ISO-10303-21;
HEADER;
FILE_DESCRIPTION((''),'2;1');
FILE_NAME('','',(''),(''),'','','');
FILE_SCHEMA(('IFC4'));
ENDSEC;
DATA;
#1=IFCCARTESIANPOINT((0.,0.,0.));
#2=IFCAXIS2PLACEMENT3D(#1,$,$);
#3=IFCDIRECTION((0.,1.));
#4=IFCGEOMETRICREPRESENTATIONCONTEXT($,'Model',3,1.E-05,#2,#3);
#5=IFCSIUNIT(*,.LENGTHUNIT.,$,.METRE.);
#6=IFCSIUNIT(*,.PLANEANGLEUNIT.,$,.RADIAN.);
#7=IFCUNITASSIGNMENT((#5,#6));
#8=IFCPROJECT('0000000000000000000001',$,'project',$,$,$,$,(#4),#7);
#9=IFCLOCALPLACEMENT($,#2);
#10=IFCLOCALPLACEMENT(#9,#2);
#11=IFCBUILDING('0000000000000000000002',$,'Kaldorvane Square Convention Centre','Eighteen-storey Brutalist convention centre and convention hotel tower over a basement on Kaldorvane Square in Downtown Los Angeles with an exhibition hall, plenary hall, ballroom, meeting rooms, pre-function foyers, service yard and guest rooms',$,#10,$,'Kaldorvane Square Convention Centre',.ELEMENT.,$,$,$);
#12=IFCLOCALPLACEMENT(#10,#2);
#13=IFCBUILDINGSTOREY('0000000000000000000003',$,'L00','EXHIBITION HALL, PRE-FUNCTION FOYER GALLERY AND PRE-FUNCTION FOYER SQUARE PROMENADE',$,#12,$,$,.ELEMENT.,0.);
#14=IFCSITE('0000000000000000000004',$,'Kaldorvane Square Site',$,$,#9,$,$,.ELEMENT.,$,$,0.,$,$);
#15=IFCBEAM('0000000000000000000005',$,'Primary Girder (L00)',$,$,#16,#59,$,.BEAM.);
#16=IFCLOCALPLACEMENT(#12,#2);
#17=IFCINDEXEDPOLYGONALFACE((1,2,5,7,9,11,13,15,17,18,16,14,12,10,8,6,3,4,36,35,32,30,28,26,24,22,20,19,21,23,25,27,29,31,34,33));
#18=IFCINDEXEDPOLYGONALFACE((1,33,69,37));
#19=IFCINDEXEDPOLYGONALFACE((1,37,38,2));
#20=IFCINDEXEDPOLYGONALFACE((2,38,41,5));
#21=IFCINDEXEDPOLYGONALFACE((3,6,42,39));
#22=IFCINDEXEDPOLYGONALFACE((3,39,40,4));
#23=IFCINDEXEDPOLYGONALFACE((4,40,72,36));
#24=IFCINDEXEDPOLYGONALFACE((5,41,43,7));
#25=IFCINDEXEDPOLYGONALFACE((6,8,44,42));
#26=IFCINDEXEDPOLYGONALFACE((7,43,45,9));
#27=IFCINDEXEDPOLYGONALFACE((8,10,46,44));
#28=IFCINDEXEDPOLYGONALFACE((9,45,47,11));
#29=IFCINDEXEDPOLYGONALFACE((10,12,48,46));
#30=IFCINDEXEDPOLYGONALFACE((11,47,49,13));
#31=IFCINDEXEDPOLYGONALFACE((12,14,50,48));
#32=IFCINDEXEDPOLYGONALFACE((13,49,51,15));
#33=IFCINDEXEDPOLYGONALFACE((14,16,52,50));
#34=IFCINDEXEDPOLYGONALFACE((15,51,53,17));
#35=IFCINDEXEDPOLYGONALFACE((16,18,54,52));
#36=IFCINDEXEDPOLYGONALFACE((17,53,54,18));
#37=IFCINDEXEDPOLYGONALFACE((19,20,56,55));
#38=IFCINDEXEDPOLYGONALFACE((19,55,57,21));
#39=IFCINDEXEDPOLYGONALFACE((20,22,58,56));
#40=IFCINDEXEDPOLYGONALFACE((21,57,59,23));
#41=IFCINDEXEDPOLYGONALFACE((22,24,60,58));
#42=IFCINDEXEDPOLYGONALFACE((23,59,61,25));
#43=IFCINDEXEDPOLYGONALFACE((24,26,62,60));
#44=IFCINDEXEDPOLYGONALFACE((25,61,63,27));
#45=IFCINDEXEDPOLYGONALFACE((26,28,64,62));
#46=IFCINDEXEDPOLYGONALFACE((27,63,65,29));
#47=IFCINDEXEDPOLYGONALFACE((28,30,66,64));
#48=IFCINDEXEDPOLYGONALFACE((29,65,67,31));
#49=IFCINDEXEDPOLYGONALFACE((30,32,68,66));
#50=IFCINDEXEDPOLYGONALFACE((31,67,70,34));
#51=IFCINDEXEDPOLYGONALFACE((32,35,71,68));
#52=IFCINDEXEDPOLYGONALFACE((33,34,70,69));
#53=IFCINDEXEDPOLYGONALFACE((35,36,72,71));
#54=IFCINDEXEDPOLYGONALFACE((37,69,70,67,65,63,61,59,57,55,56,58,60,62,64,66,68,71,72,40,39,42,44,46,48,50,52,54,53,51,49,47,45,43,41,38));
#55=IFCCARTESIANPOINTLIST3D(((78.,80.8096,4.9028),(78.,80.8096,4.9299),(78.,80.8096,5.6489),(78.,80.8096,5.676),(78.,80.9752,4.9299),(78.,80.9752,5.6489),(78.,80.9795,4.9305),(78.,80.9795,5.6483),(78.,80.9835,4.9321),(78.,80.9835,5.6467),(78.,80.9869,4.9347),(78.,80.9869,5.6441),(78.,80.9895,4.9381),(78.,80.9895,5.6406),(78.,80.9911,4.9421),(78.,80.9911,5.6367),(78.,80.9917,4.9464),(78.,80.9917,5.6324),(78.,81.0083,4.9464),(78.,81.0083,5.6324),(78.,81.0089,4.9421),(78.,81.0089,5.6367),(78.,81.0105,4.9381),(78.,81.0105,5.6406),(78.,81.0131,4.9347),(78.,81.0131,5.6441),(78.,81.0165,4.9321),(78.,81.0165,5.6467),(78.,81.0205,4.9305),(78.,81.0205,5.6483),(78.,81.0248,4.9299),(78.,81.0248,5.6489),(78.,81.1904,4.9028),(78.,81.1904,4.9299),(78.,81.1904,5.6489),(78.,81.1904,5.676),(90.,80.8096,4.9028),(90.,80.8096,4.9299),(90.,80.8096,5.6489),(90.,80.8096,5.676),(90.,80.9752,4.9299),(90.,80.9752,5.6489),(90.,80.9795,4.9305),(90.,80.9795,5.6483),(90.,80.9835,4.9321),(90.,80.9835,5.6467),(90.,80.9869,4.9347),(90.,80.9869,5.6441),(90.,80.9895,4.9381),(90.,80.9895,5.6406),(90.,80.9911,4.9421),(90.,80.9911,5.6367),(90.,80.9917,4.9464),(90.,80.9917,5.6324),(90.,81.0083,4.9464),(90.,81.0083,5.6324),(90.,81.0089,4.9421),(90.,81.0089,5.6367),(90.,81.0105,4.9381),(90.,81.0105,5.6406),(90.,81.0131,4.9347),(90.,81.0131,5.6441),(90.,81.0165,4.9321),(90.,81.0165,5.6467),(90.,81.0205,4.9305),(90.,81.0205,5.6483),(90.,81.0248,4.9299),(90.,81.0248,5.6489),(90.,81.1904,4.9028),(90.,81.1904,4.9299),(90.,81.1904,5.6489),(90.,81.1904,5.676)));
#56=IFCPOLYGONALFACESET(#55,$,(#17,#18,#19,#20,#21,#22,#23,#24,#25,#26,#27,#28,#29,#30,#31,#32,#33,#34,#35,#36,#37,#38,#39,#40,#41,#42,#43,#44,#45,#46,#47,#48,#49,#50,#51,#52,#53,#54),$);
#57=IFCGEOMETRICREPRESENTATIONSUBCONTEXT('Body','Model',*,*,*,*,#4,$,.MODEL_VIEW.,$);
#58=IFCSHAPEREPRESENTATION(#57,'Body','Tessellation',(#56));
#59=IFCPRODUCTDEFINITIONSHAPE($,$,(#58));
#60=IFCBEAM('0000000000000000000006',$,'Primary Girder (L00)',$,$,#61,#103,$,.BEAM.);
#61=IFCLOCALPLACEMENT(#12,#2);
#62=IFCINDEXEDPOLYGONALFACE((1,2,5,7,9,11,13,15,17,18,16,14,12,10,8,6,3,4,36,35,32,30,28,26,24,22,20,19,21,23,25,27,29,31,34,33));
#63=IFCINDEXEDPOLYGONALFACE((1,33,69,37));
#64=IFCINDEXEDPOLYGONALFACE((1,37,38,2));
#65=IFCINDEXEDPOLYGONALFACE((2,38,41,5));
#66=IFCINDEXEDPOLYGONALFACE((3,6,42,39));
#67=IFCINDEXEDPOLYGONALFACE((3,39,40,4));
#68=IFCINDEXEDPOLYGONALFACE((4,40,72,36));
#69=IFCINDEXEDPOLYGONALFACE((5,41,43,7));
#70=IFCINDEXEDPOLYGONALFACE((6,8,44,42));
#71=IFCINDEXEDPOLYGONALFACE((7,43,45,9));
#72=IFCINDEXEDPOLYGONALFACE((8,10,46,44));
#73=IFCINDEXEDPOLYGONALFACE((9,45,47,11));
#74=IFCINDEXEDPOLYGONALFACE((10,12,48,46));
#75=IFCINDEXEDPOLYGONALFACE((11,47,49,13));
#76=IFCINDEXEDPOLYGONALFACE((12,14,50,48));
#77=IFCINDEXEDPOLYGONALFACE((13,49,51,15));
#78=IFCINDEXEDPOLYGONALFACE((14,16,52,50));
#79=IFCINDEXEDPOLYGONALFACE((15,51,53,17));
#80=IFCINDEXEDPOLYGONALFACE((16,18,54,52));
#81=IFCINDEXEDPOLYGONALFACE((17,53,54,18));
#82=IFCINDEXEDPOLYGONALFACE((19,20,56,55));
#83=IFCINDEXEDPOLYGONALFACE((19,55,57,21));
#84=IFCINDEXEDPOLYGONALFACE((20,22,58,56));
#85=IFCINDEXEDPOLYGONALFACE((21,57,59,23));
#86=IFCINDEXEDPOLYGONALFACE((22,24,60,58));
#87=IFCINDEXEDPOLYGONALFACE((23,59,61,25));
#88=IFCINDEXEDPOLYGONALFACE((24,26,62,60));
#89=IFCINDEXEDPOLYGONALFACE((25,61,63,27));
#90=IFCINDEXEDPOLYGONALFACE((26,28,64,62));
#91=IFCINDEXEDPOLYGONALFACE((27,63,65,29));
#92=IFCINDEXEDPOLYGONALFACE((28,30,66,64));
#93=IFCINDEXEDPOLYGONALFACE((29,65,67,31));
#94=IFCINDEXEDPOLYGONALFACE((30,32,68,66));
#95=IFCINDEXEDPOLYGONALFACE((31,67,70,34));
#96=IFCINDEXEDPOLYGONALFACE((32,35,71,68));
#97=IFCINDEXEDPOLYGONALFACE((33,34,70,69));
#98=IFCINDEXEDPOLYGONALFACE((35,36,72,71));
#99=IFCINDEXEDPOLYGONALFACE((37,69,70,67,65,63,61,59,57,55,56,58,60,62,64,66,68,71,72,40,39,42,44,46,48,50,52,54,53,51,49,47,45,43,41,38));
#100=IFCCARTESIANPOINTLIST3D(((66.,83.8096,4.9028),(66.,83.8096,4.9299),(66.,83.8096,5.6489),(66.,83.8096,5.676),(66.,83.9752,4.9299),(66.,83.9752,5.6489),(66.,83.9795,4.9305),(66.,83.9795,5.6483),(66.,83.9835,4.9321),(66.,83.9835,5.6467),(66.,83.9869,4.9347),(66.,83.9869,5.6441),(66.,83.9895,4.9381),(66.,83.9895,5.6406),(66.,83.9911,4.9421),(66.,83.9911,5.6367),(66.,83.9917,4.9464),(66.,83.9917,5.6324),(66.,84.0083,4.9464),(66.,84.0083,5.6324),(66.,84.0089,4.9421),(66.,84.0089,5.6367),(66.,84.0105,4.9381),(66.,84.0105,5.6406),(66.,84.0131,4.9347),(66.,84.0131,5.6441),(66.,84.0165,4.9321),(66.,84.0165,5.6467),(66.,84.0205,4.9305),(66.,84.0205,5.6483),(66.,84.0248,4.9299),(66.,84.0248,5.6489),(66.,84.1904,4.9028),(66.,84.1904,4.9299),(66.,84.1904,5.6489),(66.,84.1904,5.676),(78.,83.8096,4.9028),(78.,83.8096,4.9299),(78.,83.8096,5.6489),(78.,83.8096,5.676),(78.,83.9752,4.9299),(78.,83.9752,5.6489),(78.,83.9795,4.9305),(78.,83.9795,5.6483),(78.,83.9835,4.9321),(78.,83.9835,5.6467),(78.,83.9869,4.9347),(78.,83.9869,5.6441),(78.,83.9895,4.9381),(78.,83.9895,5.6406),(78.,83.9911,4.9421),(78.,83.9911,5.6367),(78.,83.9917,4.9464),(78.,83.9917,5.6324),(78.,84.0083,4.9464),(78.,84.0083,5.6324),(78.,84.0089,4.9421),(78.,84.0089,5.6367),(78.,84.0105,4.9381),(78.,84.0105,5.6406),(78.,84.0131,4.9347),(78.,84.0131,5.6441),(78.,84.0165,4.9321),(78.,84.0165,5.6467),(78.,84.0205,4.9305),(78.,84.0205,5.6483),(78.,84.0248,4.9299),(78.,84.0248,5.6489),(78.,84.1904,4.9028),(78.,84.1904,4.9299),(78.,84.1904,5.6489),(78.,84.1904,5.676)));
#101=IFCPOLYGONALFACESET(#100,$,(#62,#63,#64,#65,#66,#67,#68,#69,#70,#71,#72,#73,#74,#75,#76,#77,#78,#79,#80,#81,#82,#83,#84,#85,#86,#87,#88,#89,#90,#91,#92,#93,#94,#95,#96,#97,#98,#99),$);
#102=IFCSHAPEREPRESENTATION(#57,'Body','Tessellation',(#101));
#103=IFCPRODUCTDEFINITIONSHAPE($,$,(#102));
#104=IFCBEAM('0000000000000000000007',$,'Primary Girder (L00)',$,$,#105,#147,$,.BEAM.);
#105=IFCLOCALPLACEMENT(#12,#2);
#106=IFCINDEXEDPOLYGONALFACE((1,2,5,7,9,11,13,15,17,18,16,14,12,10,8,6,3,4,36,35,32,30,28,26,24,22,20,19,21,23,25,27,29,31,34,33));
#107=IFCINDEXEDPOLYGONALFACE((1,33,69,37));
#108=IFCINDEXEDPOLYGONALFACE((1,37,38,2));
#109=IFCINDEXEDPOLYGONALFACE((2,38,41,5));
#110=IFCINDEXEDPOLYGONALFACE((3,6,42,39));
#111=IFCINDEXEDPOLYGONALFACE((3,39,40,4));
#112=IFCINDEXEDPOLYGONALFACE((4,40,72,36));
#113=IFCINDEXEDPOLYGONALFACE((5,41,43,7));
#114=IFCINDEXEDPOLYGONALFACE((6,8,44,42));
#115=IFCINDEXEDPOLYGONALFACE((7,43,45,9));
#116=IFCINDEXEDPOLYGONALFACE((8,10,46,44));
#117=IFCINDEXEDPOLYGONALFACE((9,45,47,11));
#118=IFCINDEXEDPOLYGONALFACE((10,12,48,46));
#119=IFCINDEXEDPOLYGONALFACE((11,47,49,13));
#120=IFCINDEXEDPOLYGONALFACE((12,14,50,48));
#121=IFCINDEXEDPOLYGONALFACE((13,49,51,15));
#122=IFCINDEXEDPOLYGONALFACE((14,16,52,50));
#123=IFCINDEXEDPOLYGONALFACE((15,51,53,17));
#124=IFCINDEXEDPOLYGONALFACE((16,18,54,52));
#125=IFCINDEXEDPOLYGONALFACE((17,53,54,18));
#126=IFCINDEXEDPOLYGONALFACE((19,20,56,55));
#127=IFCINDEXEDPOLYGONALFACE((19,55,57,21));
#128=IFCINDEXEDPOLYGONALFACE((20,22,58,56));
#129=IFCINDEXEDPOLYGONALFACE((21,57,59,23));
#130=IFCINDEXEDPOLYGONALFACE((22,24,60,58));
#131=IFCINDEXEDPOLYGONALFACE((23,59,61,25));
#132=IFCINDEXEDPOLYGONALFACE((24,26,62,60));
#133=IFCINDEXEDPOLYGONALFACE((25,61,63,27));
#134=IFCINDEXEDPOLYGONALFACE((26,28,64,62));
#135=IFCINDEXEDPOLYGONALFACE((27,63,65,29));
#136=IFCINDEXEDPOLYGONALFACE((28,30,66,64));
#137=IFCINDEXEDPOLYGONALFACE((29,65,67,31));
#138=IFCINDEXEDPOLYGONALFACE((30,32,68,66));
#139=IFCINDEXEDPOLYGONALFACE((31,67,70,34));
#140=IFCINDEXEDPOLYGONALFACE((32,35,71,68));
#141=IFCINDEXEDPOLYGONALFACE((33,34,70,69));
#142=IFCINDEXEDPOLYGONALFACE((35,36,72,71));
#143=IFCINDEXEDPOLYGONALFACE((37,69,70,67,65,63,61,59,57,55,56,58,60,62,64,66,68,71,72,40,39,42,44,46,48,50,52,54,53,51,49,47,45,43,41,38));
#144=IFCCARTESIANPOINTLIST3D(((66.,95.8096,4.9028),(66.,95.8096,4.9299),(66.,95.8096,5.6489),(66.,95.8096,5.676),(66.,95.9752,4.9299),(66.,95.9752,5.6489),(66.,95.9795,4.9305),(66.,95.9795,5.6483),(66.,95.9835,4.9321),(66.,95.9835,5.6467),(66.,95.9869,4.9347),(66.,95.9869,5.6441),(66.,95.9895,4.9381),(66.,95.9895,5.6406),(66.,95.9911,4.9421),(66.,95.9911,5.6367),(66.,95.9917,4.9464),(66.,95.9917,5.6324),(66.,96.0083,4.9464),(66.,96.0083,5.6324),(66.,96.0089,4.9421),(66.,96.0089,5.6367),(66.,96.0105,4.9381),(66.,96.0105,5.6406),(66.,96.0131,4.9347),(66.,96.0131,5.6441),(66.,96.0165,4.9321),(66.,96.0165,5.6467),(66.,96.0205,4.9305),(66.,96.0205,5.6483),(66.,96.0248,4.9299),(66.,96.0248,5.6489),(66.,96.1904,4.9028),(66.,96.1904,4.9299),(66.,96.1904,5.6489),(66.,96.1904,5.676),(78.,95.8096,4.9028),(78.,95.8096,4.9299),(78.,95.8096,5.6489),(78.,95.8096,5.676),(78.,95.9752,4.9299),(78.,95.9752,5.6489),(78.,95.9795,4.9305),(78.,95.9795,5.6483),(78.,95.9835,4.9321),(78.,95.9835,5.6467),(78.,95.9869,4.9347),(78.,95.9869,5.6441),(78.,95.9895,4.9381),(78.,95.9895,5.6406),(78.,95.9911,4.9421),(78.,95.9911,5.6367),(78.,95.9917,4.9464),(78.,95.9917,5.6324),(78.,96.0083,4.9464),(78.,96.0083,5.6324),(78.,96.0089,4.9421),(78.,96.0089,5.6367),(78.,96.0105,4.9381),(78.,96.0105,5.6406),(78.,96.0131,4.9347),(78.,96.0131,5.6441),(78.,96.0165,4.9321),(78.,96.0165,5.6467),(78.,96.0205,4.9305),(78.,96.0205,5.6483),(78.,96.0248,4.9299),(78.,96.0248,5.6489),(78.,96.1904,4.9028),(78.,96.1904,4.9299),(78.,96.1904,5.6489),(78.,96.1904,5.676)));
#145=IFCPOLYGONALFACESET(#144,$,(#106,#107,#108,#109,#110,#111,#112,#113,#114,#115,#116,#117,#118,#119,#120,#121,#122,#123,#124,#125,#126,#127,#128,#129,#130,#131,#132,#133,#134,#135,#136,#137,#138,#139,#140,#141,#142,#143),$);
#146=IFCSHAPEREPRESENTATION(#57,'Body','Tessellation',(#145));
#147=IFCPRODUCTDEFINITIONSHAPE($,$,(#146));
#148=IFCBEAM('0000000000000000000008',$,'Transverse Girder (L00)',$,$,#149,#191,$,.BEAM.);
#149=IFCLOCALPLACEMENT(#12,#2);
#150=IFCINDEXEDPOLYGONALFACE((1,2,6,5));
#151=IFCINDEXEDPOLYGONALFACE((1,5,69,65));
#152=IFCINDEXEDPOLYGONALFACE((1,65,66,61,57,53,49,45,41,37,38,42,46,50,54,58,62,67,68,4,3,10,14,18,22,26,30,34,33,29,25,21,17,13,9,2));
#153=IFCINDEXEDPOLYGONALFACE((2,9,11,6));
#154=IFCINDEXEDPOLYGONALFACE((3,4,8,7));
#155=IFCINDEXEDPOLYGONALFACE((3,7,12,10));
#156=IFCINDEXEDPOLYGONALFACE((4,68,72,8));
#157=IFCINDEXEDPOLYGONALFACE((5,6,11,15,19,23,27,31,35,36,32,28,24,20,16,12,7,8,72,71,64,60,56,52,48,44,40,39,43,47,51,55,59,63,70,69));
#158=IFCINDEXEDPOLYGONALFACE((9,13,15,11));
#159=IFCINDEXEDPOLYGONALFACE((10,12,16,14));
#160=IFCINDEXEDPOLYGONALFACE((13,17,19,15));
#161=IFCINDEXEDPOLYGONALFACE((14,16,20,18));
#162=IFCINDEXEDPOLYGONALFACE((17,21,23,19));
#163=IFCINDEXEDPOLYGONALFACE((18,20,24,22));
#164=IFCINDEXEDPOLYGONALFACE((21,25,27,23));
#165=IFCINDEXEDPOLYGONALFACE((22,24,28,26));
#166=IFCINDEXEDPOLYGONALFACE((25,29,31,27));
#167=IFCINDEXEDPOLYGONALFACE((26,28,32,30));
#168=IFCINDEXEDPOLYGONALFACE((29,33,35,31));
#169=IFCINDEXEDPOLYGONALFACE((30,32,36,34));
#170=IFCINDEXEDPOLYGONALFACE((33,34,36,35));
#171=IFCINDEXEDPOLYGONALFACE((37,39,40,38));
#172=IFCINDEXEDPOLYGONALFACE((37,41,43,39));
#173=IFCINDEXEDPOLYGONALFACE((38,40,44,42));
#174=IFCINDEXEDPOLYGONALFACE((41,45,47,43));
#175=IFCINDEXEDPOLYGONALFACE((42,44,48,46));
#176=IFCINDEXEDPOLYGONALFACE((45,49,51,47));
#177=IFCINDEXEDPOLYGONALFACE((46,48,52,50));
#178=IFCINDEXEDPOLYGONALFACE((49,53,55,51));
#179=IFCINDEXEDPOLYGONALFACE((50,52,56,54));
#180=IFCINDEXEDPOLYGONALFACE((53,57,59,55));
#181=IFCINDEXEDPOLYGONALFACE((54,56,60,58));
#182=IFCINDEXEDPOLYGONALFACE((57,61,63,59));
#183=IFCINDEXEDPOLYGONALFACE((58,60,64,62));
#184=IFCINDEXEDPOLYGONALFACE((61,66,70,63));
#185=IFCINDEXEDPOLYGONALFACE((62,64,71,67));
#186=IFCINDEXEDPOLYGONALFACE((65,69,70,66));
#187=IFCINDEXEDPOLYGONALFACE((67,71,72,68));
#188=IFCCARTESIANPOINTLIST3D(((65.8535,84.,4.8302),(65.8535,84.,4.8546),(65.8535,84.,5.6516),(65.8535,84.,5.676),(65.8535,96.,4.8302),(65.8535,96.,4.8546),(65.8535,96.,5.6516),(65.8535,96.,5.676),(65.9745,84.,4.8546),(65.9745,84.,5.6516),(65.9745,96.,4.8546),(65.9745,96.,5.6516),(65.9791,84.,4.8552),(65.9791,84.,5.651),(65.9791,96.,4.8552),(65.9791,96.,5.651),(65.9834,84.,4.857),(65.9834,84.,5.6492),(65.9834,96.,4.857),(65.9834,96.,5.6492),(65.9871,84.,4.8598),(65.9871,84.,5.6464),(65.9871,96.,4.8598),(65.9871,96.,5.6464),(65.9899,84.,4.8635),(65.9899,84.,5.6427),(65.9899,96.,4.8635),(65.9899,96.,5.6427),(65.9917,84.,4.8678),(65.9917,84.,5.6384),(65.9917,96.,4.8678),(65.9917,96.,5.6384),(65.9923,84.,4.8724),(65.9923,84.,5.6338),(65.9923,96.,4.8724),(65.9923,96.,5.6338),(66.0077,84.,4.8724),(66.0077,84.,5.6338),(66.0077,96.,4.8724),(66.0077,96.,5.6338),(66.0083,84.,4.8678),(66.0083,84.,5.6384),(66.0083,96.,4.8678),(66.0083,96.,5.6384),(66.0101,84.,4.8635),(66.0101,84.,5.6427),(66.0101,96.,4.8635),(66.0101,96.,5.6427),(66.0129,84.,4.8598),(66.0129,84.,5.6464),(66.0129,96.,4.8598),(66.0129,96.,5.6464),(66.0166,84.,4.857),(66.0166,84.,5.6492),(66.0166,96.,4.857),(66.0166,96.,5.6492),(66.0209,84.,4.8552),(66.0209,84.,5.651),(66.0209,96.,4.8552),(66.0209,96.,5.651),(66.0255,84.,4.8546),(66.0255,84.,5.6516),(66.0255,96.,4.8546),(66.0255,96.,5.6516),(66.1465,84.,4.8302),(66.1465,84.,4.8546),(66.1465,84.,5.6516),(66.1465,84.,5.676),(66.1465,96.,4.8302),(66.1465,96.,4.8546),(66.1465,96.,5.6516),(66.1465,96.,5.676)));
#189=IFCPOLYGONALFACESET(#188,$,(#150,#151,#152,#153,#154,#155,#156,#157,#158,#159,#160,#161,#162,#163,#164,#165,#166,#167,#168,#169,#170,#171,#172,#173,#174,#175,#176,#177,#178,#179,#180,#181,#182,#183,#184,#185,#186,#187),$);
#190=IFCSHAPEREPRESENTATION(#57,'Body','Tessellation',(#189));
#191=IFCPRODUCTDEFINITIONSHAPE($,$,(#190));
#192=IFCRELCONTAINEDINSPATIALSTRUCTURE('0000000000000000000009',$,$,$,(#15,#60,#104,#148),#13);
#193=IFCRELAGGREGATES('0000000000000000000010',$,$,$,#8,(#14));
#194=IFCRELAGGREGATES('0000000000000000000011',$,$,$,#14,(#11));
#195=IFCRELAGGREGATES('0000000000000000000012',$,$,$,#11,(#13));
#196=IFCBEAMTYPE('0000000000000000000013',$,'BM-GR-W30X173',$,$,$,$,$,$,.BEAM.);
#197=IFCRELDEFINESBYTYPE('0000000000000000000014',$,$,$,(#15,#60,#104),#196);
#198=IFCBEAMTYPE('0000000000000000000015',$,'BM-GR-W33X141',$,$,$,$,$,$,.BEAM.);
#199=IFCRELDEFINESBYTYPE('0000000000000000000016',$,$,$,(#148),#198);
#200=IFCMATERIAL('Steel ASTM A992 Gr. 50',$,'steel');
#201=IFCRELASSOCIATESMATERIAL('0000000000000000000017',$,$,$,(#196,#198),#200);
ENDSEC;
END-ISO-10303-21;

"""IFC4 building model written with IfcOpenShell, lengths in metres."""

from ifc_helpers import new_model, si_unit, direction, frame, origin, origin_2d, place, context, subcontext, project, spatial, i_section, extrude, material, material_profile, profile_set, type_object, element, save


model = new_model("IFC4")

# Units and contexts
model_context = context("Model", 3, precision=1e-05, world=origin(), true_north=direction((0.0, 1.0)))
body_context = subcontext(model_context, "Body", "Model", "MODEL_VIEW")
ifc_project = project(units=[si_unit("LENGTHUNIT", "METRE"), si_unit("PLANEANGLEUNIT", "RADIAN")], contexts=[model_context])

# Site, building, storey
site_placement = place(None, origin())
site = spatial("IfcSite", under=ifc_project, at=site_placement, Name="Kaldorvane Square Site", CompositionType="ELEMENT", RefElevation=0.0)
building_placement = place(site_placement, origin())
building = spatial("IfcBuilding", under=site, at=building_placement, Name="Kaldorvane Square Convention Centre", Description="Eighteen-storey Brutalist convention centre and convention hotel tower over a basement on Kaldorvane Square in Downtown Los Angeles with an exhibition hall, plenary hall, ballroom, meeting rooms, pre-function foyers, service yard and guest rooms", LongName="Kaldorvane Square Convention Centre", CompositionType="ELEMENT")
storey_placement = place(building_placement, origin())
storey = spatial("IfcBuildingStorey", under=building, at=storey_placement, Name="L00", Description="EXHIBITION HALL, PRE-FUNCTION FOYER GALLERY AND PRE-FUNCTION FOYER SQUARE PROMENADE", CompositionType="ELEMENT", Elevation=0.0)

# Shared definitions
ifc_material_1 = material(Name="Steel ASTM A992 Gr. 50", Category="steel")

# Beams
ifc_material_profile_1 = material_profile(ifc_material_1, i_section(OverallWidth=0.3807, OverallDepth=0.7732, WebThickness=0.0166, FlangeThickness=0.0271, FilletRadius=0.0165, at=origin_2d()), Name="W30X173")
ifc_profile_set_1 = profile_set([ifc_material_profile_1], Name="Steel ASTM A992 Gr. 50")
beam_type_1 = type_object("IfcBeamType", Name="BM-GR-W30X173", PredefinedType="BEAM", material=ifc_profile_set_1)
for number, where, z_axis, x_axis, name in (
    (1, (78.0, 81.0, 5.2894), (1.0, 0.0, 0.0), (0.0, 1.0, 0.0), "Primary Girder (L00)"),
    (2, (66.0, 84.0, 5.2894), (1.0, 0.0, 0.0), (0.0, 1.0, 0.0), "Primary Girder (L00)"),
    (3, (66.0, 96.0, 5.2894), (1.0, 0.0, 0.0), (0.0, 1.0, 0.0), "Primary Girder (L00)"),
):
    element("IfcBeam", number, at=place(storey_placement, frame(where, z_axis=z_axis, x_axis=x_axis)), inside=storey, type_object=beam_type_1, Name=name, PredefinedType="BEAM", context=body_context, shape_type="SweptSolid", body=[
        extrude(i_section(OverallWidth=0.3807, OverallDepth=0.7732, WebThickness=0.0166, FlangeThickness=0.0271, FilletRadius=0.0165, at=origin_2d()), origin(), (0.0, 0.0, 1.0), 12.0),
    ])
ifc_material_profile_2 = material_profile(ifc_material_1, i_section(OverallWidth=0.293, OverallDepth=0.8458, WebThickness=0.0154, FlangeThickness=0.0244, FilletRadius=0.0178, at=origin_2d()), Name="W33X141")
ifc_profile_set_2 = profile_set([ifc_material_profile_2], Name="Steel ASTM A992 Gr. 50")
beam_type_2 = type_object("IfcBeamType", Name="BM-GR-W33X141", PredefinedType="BEAM", material=ifc_profile_set_2)
for number, where, z_axis, x_axis, name in (
    (4, (66.0, 84.0, 5.2531), (0.0, 1.0, 0.0), (-1.0, 0.0, 0.0), "Transverse Girder (L00)"),
):
    element("IfcBeam", number, at=place(storey_placement, frame(where, z_axis=z_axis, x_axis=x_axis)), inside=storey, type_object=beam_type_2, Name=name, PredefinedType="BEAM", context=body_context, shape_type="SweptSolid", body=[
        extrude(i_section(OverallWidth=0.293, OverallDepth=0.8458, WebThickness=0.0154, FlangeThickness=0.0244, FilletRadius=0.0178, at=origin_2d()), origin(), (0.0, 0.0, 1.0), 12.0),
    ])

save(model, "model.ifc")
